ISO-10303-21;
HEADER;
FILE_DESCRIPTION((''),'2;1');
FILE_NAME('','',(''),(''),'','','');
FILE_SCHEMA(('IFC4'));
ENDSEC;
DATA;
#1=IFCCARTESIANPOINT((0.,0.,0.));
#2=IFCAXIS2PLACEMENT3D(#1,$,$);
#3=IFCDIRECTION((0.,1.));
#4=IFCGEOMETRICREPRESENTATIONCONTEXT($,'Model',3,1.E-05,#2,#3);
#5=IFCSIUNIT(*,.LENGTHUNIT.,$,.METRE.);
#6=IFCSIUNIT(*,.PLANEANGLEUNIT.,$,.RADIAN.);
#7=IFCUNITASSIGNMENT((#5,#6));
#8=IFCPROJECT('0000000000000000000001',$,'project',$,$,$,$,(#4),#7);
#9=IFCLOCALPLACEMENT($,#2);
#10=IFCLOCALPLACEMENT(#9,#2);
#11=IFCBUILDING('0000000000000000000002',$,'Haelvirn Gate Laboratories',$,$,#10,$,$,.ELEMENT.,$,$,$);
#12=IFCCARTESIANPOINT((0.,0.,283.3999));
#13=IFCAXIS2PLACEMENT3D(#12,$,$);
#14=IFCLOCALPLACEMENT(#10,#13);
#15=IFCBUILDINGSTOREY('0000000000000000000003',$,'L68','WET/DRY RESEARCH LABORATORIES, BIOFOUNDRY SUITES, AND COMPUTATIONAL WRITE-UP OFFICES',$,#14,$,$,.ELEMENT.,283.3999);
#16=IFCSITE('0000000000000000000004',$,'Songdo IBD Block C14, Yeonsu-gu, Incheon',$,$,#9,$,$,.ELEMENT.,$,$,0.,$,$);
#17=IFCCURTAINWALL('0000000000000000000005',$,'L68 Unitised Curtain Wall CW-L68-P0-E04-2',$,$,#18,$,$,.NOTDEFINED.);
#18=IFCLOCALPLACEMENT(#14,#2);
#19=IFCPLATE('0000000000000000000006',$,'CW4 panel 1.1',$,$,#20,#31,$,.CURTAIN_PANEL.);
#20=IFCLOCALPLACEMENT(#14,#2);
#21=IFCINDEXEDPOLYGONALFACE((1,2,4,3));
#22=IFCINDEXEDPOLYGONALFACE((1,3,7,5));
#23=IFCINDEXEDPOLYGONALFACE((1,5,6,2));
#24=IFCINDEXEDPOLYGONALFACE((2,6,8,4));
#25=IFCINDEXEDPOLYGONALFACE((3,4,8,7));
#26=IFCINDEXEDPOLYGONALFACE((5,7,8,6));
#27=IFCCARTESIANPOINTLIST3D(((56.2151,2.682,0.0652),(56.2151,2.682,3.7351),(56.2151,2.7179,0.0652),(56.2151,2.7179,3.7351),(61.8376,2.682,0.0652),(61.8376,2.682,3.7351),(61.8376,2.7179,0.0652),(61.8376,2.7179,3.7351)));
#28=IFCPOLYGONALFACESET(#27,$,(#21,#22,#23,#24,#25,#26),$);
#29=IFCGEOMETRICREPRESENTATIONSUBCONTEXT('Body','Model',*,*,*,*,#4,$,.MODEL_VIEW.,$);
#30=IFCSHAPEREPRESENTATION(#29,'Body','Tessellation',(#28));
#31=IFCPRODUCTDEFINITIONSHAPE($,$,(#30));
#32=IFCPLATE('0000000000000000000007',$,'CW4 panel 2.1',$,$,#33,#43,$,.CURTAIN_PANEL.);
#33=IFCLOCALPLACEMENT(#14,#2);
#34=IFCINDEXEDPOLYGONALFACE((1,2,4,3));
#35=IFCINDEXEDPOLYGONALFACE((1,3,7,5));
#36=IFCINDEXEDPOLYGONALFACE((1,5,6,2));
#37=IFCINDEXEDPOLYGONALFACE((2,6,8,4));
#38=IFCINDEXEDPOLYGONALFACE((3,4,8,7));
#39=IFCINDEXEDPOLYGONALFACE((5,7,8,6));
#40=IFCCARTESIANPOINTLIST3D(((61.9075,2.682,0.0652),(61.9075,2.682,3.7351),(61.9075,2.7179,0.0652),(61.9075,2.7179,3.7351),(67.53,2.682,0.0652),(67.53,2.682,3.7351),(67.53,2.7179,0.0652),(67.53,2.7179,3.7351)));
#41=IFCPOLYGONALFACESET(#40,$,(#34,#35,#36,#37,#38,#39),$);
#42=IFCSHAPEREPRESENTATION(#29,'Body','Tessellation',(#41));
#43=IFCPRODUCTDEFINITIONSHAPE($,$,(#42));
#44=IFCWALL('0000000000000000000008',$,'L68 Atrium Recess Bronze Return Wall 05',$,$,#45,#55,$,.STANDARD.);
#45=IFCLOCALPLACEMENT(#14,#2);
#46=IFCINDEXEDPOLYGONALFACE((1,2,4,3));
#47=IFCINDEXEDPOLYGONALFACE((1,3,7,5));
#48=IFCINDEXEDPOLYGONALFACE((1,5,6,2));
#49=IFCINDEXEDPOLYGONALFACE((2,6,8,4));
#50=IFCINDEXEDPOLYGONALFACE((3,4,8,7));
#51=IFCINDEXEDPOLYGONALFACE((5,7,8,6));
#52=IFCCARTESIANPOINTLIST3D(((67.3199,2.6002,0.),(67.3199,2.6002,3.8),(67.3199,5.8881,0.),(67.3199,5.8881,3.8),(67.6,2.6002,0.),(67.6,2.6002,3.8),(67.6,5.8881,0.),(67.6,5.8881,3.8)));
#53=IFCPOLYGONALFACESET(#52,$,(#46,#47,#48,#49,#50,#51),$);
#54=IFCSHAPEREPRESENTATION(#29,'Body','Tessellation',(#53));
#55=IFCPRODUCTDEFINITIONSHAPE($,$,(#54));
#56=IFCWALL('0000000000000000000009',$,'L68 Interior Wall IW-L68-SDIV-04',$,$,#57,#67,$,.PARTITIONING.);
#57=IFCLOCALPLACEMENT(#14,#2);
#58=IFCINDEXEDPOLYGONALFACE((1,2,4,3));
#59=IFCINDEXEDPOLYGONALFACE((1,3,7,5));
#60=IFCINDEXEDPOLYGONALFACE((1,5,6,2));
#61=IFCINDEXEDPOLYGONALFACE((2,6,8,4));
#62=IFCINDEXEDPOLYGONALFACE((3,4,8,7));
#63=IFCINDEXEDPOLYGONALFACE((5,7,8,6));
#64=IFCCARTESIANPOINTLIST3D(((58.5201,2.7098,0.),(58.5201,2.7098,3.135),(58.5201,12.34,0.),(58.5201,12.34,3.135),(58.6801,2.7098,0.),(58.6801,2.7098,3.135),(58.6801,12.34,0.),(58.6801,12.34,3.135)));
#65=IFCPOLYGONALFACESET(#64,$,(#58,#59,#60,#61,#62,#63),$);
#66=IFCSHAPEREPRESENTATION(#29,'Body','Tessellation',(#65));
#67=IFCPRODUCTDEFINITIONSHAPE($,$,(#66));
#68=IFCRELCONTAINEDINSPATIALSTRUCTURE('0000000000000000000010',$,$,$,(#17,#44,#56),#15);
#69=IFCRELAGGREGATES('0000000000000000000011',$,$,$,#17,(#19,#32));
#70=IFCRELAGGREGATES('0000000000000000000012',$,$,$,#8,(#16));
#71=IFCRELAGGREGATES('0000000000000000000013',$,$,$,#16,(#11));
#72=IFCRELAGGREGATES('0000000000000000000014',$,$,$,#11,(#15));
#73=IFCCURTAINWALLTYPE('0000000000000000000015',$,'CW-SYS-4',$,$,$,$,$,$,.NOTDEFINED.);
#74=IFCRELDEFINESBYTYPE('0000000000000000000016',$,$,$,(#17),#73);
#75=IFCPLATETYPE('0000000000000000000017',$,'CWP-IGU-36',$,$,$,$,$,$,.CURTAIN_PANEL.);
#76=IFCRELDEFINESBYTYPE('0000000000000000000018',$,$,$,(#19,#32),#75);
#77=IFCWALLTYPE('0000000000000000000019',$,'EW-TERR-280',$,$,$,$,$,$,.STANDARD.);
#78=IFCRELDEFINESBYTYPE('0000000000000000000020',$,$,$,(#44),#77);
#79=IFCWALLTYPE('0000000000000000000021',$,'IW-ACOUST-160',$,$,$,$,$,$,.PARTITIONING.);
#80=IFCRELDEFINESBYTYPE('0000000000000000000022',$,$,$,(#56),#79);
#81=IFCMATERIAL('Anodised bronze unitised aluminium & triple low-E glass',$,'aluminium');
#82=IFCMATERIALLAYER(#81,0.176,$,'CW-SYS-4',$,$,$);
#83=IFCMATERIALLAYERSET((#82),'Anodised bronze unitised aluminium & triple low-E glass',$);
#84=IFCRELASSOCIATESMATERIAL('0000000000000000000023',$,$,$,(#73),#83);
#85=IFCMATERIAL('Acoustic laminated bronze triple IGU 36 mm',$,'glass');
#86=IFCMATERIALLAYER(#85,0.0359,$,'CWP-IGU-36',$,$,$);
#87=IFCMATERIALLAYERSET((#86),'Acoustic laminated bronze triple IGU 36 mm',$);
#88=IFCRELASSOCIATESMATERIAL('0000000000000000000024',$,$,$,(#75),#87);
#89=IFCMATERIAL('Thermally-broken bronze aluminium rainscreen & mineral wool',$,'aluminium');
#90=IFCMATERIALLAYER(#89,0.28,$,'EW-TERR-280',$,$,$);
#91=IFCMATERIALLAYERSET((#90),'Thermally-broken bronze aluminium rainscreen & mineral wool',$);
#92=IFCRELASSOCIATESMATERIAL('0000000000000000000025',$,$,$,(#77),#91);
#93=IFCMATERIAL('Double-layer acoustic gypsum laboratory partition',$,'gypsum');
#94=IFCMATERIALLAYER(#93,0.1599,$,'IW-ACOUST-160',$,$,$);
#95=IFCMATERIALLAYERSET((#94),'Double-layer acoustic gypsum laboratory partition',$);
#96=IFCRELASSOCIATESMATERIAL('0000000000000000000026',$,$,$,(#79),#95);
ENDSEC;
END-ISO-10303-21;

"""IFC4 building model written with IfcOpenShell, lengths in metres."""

from ifc_helpers import new_model, si_unit, direction, frame, frame_2d, origin, origin_2d, place, context, subcontext, project, spatial, rectangle, extrude, source, transform, mapped, material, layer, layer_set, type_object, type_shapes, element, aggregate, save


model = new_model("IFC4")

# Units and contexts
model_context = context("Model", 3, precision=1e-05, world=origin(), true_north=direction((0.0, 1.0)))
body_context = subcontext(model_context, "Body", "Model", "MODEL_VIEW")
ifc_project = project(units=[si_unit("LENGTHUNIT", "METRE"), si_unit("PLANEANGLEUNIT", "RADIAN")], contexts=[model_context])

# Site, building, storey
site_placement = place(None, origin())
site = spatial("IfcSite", under=ifc_project, at=site_placement, Name="Songdo IBD Block C14, Yeonsu-gu, Incheon", CompositionType="ELEMENT", RefElevation=0.0)
building_placement = place(site_placement, origin())
building = spatial("IfcBuilding", under=site, at=building_placement, Name="Haelvirn Gate Laboratories", CompositionType="ELEMENT")
storey_placement = place(building_placement, frame((0.0, 0.0, 283.3999)))
storey = spatial("IfcBuildingStorey", under=building, at=storey_placement, Name="L68", Description="WET/DRY RESEARCH LABORATORIES, BIOFOUNDRY SUITES, AND COMPUTATIONAL WRITE-UP OFFICES", CompositionType="ELEMENT", Elevation=283.3999)

# Curtain wall
ifc_material_1 = material(Name="Anodised bronze unitised aluminium & triple low-E glass", Category="aluminium")
ifc_layer_1 = layer(ifc_material_1, 0.176, Name="CW-SYS-4")
ifc_layer_set_1 = layer_set([ifc_layer_1], Name="Anodised bronze unitised aluminium & triple low-E glass")
curtain_wall_type_1 = type_object("IfcCurtainWallType", Name="CW-SYS-4", PredefinedType="NOTDEFINED", material=ifc_layer_set_1)
curtain_wall_1_placement = place(storey_placement, origin())
curtain_wall_1 = element("IfcCurtainWall", 1, at=curtain_wall_1_placement, inside=storey, type_object=curtain_wall_type_1, Name="L68 Unitised Curtain Wall CW-L68-P0-E04-2", PredefinedType="NOTDEFINED")

# Plates
ifc_material_2 = material(Name="Acoustic laminated bronze triple IGU 36 mm", Category="glass")
ifc_layer_2 = layer(ifc_material_2, 0.0359, Name="CWP-IGU-36")
ifc_layer_set_2 = layer_set([ifc_layer_2], Name="Acoustic laminated bronze triple IGU 36 mm")
plate_type_1 = type_object("IfcPlateType", Name="CWP-IGU-36", PredefinedType="CURTAIN_PANEL", material=ifc_layer_set_2)
shared_shape_1 = source(origin(), body_context, "Body", "SweptSolid", [
    extrude(rectangle(XDim=5.6226, YDim=0.0359, at=origin_2d()), origin(), (0.0, 0.0, 1.0), 3.6699),
])
type_shapes(plate_type_1, [shared_shape_1])
plate_1_placement = place(storey_placement, frame((59.0264, 2.7, 0.0652), z_axis=(0.0, 0.0, 1.0), x_axis=(1.0, 0.0, 0.0)))
plate_1 = element("IfcPlate", 2, at=plate_1_placement, type_object=plate_type_1, Name="CW4 panel 1.1", PredefinedType="CURTAIN_PANEL", context=body_context, shape_type="MappedRepresentation", body=[
    mapped(shared_shape_1, transform((0.0, 0.0, 0.0), scale=1.0)),
])
plate_2_placement = place(storey_placement, frame((64.7188, 2.7, 0.0652), z_axis=(0.0, 0.0, 1.0), x_axis=(1.0, 0.0, 0.0)))
plate_2 = element("IfcPlate", 3, at=plate_2_placement, type_object=plate_type_1, Name="CW4 panel 2.1", PredefinedType="CURTAIN_PANEL", context=body_context, shape_type="MappedRepresentation", body=[
    mapped(shared_shape_1, transform((0.0, 0.0, 0.0), scale=1.0)),
])
aggregate(curtain_wall_1, [plate_1, plate_2])

# Walls
ifc_material_3 = material(Name="Thermally-broken bronze aluminium rainscreen & mineral wool", Category="aluminium")
ifc_layer_3 = layer(ifc_material_3, 0.28, Name="EW-TERR-280")
ifc_layer_set_3 = layer_set([ifc_layer_3], Name="Thermally-broken bronze aluminium rainscreen & mineral wool")
wall_type_1 = type_object("IfcWallType", Name="EW-TERR-280", PredefinedType="STANDARD", material=ifc_layer_set_3)
wall_1_placement = place(storey_placement, frame((67.46, 2.6001, 0.0), z_axis=(0.0, 0.0, 1.0), x_axis=(0.0, 1.0, 0.0)))
element("IfcWall", 4, at=wall_1_placement, inside=storey, type_object=wall_type_1, Name="L68 Atrium Recess Bronze Return Wall 05", PredefinedType="STANDARD", context=body_context, shape_type="SweptSolid", body=[
    extrude(rectangle(XDim=3.2878, YDim=0.28, at=frame_2d((1.644, 0.0))), origin(), (0.0, 0.0, 1.0), 3.8),
])
ifc_material_4 = material(Name="Double-layer acoustic gypsum laboratory partition", Category="gypsum")
ifc_layer_4 = layer(ifc_material_4, 0.1599, Name="IW-ACOUST-160")
ifc_layer_set_4 = layer_set([ifc_layer_4], Name="Double-layer acoustic gypsum laboratory partition")
wall_type_2 = type_object("IfcWallType", Name="IW-ACOUST-160", PredefinedType="PARTITIONING", material=ifc_layer_set_4)
wall_2_placement = place(storey_placement, frame((58.6001, 2.71, 0.0), z_axis=(0.0, 0.0, 1.0), x_axis=(0.0, 1.0, 0.0)))
element("IfcWall", 5, at=wall_2_placement, inside=storey, type_object=wall_type_2, Name="L68 Interior Wall IW-L68-SDIV-04", PredefinedType="PARTITIONING", context=body_context, shape_type="SweptSolid", body=[
    extrude(rectangle(XDim=9.6301, YDim=0.1599, at=frame_2d((4.8149, 0.0))), origin(), (0.0, 0.0, 1.0), 3.135),
])

save(model, "model.ifc")
